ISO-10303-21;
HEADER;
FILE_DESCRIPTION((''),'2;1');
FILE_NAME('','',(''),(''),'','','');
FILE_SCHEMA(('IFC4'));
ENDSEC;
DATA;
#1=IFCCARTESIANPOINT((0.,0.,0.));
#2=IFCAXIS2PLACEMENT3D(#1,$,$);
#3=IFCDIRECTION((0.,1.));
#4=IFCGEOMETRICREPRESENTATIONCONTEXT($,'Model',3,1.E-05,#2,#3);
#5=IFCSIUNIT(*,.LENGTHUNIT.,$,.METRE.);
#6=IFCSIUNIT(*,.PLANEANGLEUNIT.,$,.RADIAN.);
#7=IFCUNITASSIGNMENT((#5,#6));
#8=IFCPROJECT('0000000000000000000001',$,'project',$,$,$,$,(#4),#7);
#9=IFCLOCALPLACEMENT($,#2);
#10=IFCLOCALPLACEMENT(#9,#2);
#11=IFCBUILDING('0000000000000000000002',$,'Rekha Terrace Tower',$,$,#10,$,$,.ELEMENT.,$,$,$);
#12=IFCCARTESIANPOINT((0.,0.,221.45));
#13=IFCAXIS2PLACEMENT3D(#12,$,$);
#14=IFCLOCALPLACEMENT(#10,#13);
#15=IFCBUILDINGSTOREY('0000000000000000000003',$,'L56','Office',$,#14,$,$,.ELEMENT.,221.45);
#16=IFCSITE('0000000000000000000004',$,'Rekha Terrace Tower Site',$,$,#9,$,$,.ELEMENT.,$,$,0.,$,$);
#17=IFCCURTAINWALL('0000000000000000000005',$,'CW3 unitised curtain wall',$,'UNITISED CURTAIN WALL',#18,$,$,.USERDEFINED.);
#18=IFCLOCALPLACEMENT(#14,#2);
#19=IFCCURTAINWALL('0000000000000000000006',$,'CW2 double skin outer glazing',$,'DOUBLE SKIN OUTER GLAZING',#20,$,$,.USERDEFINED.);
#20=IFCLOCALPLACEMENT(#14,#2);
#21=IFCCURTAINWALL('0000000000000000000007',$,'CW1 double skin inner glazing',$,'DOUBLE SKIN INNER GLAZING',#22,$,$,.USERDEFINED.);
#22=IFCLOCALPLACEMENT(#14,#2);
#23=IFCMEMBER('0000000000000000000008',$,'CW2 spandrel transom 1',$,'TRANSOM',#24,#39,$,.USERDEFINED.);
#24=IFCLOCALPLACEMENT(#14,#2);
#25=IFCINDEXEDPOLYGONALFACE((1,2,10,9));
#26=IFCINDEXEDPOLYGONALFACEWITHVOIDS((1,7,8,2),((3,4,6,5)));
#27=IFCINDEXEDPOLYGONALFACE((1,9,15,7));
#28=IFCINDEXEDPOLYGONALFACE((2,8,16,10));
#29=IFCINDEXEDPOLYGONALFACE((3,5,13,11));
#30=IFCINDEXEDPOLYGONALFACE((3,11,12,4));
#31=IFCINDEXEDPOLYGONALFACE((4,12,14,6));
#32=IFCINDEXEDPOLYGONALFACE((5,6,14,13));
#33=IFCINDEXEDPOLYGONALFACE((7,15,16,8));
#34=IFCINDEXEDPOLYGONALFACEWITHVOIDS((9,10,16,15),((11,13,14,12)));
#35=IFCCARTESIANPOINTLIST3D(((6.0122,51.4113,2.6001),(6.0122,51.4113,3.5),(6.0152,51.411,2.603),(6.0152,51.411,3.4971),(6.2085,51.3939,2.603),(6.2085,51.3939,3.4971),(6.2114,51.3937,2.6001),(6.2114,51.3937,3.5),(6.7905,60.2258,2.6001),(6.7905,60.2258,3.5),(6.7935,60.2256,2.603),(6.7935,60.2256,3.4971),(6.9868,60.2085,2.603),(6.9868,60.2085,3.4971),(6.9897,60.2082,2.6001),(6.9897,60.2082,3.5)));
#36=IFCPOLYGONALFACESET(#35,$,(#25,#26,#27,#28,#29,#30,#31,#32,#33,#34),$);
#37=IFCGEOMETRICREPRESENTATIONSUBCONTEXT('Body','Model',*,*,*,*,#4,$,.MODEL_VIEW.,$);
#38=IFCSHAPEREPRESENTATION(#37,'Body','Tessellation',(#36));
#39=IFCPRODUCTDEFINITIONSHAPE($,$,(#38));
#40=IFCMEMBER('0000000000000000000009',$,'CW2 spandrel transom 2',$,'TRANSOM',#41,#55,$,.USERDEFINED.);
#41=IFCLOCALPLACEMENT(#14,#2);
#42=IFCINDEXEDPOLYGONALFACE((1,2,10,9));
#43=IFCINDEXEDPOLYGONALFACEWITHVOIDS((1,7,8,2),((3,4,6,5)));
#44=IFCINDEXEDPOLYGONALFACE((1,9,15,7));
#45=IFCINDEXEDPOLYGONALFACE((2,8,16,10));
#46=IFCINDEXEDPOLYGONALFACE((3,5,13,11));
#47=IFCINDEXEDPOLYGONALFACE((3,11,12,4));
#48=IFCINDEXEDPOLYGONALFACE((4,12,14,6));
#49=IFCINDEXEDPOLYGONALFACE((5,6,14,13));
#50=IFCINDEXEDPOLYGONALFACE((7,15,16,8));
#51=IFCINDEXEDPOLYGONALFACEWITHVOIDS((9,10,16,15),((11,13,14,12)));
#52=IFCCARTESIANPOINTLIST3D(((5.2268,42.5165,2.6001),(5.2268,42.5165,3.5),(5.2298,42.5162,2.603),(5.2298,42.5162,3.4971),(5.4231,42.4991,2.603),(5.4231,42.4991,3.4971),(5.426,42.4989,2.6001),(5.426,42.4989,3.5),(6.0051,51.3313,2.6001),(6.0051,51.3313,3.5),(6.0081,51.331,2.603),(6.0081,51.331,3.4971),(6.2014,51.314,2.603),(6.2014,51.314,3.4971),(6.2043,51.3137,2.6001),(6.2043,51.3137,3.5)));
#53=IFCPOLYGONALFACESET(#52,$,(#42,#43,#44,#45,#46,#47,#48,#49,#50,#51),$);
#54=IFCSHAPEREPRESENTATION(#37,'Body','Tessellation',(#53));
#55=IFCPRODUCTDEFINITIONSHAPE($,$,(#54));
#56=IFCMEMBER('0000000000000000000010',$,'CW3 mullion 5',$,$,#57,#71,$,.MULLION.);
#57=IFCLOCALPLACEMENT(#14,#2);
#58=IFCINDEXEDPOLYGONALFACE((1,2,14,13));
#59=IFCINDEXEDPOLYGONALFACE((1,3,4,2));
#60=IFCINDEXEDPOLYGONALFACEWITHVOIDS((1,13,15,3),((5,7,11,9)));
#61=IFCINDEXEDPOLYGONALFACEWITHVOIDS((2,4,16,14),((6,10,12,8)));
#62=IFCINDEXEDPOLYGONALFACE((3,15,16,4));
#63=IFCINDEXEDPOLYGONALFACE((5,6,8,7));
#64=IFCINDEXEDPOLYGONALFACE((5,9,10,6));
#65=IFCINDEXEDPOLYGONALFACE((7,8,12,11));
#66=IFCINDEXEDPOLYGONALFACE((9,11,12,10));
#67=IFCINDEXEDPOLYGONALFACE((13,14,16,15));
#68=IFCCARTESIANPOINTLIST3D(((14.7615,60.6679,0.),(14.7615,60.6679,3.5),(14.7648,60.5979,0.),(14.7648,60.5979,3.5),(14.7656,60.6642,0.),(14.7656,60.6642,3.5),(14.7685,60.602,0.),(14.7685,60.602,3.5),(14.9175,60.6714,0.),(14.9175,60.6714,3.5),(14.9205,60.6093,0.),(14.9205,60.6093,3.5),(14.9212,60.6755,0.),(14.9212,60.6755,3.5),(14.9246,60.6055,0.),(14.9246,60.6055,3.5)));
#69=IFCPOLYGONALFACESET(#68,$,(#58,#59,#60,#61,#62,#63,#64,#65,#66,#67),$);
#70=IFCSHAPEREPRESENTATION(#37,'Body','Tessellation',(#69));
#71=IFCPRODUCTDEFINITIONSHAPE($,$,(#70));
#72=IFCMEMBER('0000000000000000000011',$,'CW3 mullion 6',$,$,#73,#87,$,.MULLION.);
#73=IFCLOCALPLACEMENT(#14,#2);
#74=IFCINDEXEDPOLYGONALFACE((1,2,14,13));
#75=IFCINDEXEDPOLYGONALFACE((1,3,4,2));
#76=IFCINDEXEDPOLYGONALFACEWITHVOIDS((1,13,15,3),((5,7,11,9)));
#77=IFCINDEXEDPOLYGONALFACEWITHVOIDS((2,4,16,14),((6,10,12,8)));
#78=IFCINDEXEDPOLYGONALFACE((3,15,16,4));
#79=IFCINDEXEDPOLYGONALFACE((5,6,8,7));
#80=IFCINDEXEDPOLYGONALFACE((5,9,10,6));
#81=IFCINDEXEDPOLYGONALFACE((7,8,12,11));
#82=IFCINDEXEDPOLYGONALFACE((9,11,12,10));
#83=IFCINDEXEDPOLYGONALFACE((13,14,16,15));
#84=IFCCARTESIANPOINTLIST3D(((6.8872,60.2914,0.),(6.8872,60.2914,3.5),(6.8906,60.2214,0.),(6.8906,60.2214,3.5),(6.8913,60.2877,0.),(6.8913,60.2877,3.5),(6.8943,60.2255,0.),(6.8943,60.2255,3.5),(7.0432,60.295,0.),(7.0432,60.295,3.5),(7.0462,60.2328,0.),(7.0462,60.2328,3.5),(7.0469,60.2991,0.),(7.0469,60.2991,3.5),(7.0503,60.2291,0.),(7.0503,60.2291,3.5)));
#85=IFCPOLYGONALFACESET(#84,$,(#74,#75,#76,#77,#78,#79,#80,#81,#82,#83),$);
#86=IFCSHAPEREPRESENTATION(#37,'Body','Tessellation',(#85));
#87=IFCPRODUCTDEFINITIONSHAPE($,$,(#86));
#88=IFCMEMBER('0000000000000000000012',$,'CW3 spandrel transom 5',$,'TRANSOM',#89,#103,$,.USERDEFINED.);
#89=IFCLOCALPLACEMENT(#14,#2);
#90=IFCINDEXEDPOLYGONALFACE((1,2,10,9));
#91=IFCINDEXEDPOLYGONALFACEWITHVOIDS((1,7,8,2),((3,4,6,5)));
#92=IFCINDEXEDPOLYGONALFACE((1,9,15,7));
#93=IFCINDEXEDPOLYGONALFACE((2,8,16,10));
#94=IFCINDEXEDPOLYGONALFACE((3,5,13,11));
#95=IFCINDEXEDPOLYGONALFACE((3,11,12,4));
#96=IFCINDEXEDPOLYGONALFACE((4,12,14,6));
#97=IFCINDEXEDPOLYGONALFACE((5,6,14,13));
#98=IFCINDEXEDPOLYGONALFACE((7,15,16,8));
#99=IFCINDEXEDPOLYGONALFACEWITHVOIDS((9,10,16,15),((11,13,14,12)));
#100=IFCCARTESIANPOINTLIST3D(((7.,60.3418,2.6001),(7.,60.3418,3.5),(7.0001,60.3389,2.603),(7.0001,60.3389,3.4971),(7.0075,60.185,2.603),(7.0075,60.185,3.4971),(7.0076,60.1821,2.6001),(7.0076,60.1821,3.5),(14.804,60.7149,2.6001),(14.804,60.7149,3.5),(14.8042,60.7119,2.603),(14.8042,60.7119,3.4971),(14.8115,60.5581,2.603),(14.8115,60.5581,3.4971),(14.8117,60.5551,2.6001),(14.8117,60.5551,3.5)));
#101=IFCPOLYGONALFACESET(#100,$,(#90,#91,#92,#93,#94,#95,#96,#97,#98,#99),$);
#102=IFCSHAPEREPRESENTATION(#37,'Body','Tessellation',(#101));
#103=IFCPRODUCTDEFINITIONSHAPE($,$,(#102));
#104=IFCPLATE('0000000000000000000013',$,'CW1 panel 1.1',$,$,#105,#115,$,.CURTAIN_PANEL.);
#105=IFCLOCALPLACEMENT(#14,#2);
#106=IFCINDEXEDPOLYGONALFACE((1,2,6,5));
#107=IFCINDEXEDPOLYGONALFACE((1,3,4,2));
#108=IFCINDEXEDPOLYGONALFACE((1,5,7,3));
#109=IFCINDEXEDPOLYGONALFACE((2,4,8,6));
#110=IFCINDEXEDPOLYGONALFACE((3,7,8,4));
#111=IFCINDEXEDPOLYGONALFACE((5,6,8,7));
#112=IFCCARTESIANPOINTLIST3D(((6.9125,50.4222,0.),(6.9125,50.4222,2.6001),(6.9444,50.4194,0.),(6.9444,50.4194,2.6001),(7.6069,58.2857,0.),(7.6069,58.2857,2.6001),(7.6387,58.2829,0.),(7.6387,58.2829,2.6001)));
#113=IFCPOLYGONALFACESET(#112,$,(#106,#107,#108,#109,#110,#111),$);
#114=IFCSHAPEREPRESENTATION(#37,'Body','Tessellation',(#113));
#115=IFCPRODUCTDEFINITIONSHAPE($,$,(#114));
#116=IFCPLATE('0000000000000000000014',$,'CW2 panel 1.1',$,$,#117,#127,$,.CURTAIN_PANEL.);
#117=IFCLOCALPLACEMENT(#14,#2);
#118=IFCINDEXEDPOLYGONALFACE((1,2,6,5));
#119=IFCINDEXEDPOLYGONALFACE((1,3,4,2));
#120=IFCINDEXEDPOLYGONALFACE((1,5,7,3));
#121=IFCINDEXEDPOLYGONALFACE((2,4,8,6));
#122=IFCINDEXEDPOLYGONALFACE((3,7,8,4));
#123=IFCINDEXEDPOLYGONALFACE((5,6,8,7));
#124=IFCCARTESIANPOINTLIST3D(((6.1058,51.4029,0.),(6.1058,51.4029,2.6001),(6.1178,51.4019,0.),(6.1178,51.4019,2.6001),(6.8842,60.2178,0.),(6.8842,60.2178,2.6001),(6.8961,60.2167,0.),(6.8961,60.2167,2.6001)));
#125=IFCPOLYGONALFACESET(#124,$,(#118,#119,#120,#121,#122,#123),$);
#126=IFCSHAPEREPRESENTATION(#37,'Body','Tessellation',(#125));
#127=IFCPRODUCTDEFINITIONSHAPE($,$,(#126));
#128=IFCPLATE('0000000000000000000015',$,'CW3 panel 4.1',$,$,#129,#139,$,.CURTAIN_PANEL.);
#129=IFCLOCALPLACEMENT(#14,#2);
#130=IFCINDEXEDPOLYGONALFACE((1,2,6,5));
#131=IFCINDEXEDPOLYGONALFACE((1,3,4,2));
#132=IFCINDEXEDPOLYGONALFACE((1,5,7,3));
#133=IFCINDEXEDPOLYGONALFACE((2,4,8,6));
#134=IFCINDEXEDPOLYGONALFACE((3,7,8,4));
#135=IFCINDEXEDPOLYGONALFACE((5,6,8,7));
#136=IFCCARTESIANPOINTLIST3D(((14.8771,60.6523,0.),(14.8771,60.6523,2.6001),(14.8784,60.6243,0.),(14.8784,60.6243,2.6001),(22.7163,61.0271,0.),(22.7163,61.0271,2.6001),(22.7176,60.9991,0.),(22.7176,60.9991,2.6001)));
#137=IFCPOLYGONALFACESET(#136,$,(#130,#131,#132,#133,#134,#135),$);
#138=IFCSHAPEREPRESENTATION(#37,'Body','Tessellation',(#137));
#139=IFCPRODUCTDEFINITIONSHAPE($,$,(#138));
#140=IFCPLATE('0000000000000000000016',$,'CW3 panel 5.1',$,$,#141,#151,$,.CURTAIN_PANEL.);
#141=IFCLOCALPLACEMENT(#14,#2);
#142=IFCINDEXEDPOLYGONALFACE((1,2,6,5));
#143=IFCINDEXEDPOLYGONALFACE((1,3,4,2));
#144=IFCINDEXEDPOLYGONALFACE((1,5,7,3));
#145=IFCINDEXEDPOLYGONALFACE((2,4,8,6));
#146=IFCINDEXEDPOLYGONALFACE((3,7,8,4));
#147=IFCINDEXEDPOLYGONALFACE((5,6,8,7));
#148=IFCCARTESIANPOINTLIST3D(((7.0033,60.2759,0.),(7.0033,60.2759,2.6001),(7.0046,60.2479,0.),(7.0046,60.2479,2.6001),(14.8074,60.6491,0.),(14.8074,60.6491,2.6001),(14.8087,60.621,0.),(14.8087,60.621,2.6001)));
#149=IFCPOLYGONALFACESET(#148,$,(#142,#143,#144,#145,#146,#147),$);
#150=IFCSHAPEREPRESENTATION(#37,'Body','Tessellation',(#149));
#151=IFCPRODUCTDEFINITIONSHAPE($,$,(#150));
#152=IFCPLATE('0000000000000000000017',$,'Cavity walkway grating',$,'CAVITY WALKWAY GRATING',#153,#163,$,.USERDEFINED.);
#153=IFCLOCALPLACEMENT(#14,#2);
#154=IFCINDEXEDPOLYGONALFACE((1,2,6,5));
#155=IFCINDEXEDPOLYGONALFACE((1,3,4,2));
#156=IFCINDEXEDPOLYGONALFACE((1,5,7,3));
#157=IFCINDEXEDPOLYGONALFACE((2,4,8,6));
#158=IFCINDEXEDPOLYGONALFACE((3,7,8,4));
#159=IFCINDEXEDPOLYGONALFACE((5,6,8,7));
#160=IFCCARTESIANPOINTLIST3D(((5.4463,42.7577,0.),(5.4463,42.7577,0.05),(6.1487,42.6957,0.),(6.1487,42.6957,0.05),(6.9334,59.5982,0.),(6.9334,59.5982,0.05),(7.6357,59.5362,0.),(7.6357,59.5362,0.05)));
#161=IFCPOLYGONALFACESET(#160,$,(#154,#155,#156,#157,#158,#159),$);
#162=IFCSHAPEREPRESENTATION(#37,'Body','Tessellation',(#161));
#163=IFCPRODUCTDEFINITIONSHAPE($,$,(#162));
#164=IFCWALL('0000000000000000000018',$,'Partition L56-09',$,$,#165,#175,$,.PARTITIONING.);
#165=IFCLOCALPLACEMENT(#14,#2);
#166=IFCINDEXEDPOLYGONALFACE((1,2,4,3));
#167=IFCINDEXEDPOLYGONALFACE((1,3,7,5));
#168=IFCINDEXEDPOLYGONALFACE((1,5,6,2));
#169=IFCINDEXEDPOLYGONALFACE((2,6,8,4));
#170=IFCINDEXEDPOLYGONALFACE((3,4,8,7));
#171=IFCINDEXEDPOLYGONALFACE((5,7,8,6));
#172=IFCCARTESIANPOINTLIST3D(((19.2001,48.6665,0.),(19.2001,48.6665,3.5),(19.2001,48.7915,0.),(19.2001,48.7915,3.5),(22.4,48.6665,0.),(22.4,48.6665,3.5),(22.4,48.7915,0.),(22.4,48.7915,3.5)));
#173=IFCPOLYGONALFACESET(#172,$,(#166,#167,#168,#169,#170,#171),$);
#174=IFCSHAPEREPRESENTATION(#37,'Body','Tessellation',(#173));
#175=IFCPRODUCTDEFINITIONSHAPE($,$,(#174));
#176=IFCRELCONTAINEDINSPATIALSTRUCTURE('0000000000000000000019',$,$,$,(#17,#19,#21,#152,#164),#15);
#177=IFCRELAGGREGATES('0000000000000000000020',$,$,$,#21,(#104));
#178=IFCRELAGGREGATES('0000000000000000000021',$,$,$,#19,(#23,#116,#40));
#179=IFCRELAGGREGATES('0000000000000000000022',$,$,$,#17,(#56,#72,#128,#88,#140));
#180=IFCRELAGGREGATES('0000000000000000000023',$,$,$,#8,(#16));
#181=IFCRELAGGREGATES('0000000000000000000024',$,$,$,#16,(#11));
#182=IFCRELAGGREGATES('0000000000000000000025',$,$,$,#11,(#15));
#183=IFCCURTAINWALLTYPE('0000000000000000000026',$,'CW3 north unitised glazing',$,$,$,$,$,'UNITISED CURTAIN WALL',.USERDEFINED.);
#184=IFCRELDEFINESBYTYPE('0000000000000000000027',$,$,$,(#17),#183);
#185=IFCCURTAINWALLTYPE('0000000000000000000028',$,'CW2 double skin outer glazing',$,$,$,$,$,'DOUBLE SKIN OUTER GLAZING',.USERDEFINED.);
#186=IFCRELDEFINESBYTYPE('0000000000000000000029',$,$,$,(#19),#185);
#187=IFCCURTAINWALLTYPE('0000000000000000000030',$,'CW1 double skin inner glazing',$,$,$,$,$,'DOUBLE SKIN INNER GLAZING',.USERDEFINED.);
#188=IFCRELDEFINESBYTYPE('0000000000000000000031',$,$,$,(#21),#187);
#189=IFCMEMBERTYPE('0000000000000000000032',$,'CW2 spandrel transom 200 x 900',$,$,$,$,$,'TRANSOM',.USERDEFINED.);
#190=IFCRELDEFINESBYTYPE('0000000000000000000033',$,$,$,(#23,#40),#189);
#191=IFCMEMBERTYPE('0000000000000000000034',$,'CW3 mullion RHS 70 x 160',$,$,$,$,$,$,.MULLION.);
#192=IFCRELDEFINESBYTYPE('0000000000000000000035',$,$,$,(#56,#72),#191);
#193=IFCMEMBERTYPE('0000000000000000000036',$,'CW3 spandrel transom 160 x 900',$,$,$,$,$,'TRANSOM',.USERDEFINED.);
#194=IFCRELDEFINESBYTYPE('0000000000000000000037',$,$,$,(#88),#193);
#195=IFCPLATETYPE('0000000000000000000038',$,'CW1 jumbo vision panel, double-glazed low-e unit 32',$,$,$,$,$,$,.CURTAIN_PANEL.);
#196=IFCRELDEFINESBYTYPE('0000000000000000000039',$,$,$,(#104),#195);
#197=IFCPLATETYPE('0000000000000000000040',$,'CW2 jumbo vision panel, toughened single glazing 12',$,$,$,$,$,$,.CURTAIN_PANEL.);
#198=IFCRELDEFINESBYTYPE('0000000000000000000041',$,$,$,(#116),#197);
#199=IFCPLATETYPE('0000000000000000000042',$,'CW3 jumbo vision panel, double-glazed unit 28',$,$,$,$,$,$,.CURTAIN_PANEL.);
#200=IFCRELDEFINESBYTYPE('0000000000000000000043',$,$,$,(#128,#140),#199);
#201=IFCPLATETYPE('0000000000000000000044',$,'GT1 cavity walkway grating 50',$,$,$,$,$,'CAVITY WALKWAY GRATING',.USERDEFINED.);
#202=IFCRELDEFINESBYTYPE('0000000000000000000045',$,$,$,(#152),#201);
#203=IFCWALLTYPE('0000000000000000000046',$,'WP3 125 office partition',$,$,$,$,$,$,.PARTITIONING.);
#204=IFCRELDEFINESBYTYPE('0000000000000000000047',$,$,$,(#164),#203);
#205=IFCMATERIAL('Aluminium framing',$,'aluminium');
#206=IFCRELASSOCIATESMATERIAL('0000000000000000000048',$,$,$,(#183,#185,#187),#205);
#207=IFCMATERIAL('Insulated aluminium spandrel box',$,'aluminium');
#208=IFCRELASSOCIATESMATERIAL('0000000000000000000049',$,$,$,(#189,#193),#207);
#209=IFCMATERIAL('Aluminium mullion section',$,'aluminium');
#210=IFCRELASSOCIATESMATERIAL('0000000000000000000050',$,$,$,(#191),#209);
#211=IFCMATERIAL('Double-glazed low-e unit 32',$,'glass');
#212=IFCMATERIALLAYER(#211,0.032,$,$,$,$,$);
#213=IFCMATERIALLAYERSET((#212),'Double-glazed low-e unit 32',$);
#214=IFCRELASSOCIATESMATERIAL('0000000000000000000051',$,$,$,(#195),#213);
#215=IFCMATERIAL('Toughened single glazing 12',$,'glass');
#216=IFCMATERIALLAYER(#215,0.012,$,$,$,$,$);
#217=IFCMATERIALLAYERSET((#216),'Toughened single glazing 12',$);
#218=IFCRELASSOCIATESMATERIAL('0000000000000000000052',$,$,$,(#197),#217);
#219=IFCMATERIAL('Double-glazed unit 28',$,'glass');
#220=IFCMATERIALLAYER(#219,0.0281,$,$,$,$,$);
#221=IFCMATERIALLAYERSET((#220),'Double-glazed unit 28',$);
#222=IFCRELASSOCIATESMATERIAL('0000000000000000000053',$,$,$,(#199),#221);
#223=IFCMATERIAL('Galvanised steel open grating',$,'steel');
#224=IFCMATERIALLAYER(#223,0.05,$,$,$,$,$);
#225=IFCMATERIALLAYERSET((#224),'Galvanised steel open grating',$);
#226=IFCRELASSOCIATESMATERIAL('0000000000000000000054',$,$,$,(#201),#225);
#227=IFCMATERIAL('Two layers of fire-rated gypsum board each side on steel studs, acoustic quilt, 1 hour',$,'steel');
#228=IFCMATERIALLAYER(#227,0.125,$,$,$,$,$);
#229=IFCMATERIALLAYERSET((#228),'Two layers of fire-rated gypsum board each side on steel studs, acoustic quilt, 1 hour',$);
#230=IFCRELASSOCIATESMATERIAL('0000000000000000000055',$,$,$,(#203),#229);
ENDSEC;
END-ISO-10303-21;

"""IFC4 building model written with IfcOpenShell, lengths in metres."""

from ifc_helpers import new_model, si_unit, direction, frame, frame_2d, origin, origin_2d, place, context, subcontext, project, spatial, rectangle, hollow_rectangle, extrude, material, layer, layer_set, material_profile, profile_set, type_object, element, aggregate, save


model = new_model("IFC4")

# Units and contexts
model_context = context("Model", 3, precision=1e-05, world=origin(), true_north=direction((0.0, 1.0)))
body_context = subcontext(model_context, "Body", "Model", "MODEL_VIEW")
ifc_project = project(units=[si_unit("LENGTHUNIT", "METRE"), si_unit("PLANEANGLEUNIT", "RADIAN")], contexts=[model_context])

# Site, building, storey
site_placement = place(None, origin())
site = spatial("IfcSite", under=ifc_project, at=site_placement, Name="Rekha Terrace Tower Site", CompositionType="ELEMENT", RefElevation=0.0)
building_placement = place(site_placement, origin())
building = spatial("IfcBuilding", under=site, at=building_placement, Name="Rekha Terrace Tower", CompositionType="ELEMENT")
storey_placement = place(building_placement, frame((0.0, 0.0, 221.45)))
storey = spatial("IfcBuildingStorey", under=building, at=storey_placement, Name="L56", Description="Office", CompositionType="ELEMENT", Elevation=221.45)

# Curtain walls
ifc_material_1 = material(Name="Aluminium framing", Category="aluminium")
curtain_wall_type_1 = type_object("IfcCurtainWallType", Name="CW3 north unitised glazing", ElementType="UNITISED CURTAIN WALL", PredefinedType="USERDEFINED", material=ifc_material_1)
curtain_wall_1_placement = place(storey_placement, origin())
curtain_wall_1 = element("IfcCurtainWall", 1, at=curtain_wall_1_placement, inside=storey, type_object=curtain_wall_type_1, Name="CW3 unitised curtain wall", ObjectType="UNITISED CURTAIN WALL", PredefinedType="USERDEFINED")
curtain_wall_type_2 = type_object("IfcCurtainWallType", Name="CW2 double skin outer glazing", ElementType="DOUBLE SKIN OUTER GLAZING", PredefinedType="USERDEFINED", material=ifc_material_1)
curtain_wall_2_placement = place(storey_placement, origin())
curtain_wall_2 = element("IfcCurtainWall", 2, at=curtain_wall_2_placement, inside=storey, type_object=curtain_wall_type_2, Name="CW2 double skin outer glazing", ObjectType="DOUBLE SKIN OUTER GLAZING", PredefinedType="USERDEFINED")

# Curtain wall
curtain_wall_type_3 = type_object("IfcCurtainWallType", Name="CW1 double skin inner glazing", ElementType="DOUBLE SKIN INNER GLAZING", PredefinedType="USERDEFINED", material=ifc_material_1)
curtain_wall_3_placement = place(storey_placement, origin())
curtain_wall_3 = element("IfcCurtainWall", 3, at=curtain_wall_3_placement, inside=storey, type_object=curtain_wall_type_3, Name="CW1 double skin inner glazing", ObjectType="DOUBLE SKIN INNER GLAZING", PredefinedType="USERDEFINED")
ifc_material_2 = material(Name="Aluminium mullion section", Category="aluminium")
ifc_material_3 = material(Name="Insulated aluminium spandrel box", Category="aluminium")

# Members
ifc_material_profile_1 = material_profile(ifc_material_3, hollow_rectangle(XDim=0.2, YDim=0.8999, WallThickness=0.0029, at=origin_2d()), Name="AL SPANDREL BOX 200x900")
ifc_profile_set_1 = profile_set([ifc_material_profile_1], Name="Insulated aluminium spandrel box")
member_type_1 = type_object("IfcMemberType", Name="CW2 spandrel transom 200 x 900", ElementType="TRANSOM", PredefinedType="USERDEFINED", material=ifc_profile_set_1)
member_1_placement = place(storey_placement, frame((6.8901, 60.217, 3.05), z_axis=(-0.087956, -0.996124, 0.0), x_axis=(0.996124, -0.087956, 0.0)))
member_1 = element("IfcMember", 4, at=member_1_placement, type_object=member_type_1, Name="CW2 spandrel transom 1", ObjectType="TRANSOM", PredefinedType="USERDEFINED", context=body_context, shape_type="SweptSolid", body=[
    extrude(hollow_rectangle(XDim=0.2, YDim=0.8999, WallThickness=0.0029, at=origin_2d()), origin(), (0.0, 0.0, 1.0), 8.8489),
])
member_2_placement = place(storey_placement, frame((6.1047, 51.3225, 3.05), z_axis=(-0.087953, -0.996125, 0.0), x_axis=(0.996125, -0.087953, 0.0)))
member_2 = element("IfcMember", 5, at=member_2_placement, type_object=member_type_1, Name="CW2 spandrel transom 2", ObjectType="TRANSOM", PredefinedType="USERDEFINED", context=body_context, shape_type="SweptSolid", body=[
    extrude(hollow_rectangle(XDim=0.2, YDim=0.8999, WallThickness=0.0029, at=origin_2d()), origin(), (0.0, 0.0, 1.0), 8.8491),
])
ifc_material_profile_2 = material_profile(ifc_material_2, hollow_rectangle(XDim=0.0701, YDim=0.1599, WallThickness=0.0039, at=origin_2d()), Name="AL RHS 70x160")
ifc_profile_set_2 = profile_set([ifc_material_profile_2], Name="Aluminium mullion section")
member_type_2 = type_object("IfcMemberType", Name="CW3 mullion RHS 70 x 160", PredefinedType="MULLION", material=ifc_profile_set_2)
member_3_placement = place(storey_placement, frame((14.843, 60.6367, 0.0), z_axis=(0.0, 0.0, 1.0), x_axis=(0.047759, -0.998859, 0.0)))
member_3 = element("IfcMember", 6, at=member_3_placement, type_object=member_type_2, Name="CW3 mullion 5", PredefinedType="MULLION", context=body_context, shape_type="SweptSolid", body=[
    extrude(hollow_rectangle(XDim=0.0701, YDim=0.1599, WallThickness=0.0039, at=origin_2d()), origin(), (0.0, 0.0, 1.0), 3.5),
])
member_4_placement = place(storey_placement, frame((6.9688, 60.2603, 0.0), z_axis=(0.0, 0.0, 1.0), x_axis=(0.047759, -0.998859, 0.0)))
member_4 = element("IfcMember", 7, at=member_4_placement, type_object=member_type_2, Name="CW3 mullion 6", PredefinedType="MULLION", context=body_context, shape_type="SweptSolid", body=[
    extrude(hollow_rectangle(XDim=0.0701, YDim=0.1599, WallThickness=0.0039, at=origin_2d()), origin(), (0.0, 0.0, 1.0), 3.5),
])
ifc_material_profile_3 = material_profile(ifc_material_3, hollow_rectangle(XDim=0.1599, YDim=0.8999, WallThickness=0.0029, at=origin_2d()), Name="AL SPANDREL BOX 160x900")
ifc_profile_set_3 = profile_set([ifc_material_profile_3], Name="Insulated aluminium spandrel box")
member_type_3 = type_object("IfcMemberType", Name="CW3 spandrel transom 160 x 900", ElementType="TRANSOM", PredefinedType="USERDEFINED", material=ifc_profile_set_3)
member_5_placement = place(storey_placement, frame((14.8079, 60.635, 3.05), z_axis=(-0.998859, -0.047748, 0.0), x_axis=(0.047748, -0.998859, 0.0)))
member_5 = element("IfcMember", 8, at=member_5_placement, type_object=member_type_3, Name="CW3 spandrel transom 5", ObjectType="TRANSOM", PredefinedType="USERDEFINED", context=body_context, shape_type="SweptSolid", body=[
    extrude(hollow_rectangle(XDim=0.1599, YDim=0.8999, WallThickness=0.0029, at=origin_2d()), origin(), (0.0, 0.0, 1.0), 7.813),
])

# Plates
ifc_material_4 = material(Name="Double-glazed low-e unit 32", Category="glass")
ifc_layer_1 = layer(ifc_material_4, 0.032)
ifc_layer_set_1 = layer_set([ifc_layer_1], Name="Double-glazed low-e unit 32")
plate_type_1 = type_object("IfcPlateType", Name="CW1 jumbo vision panel, double-glazed low-e unit 32", PredefinedType="CURTAIN_PANEL", material=ifc_layer_set_1)
plate_1_placement = place(storey_placement, frame((7.2756, 54.3525, 0.0), z_axis=(0.0, 0.0, 1.0), x_axis=(-0.087958, -0.996124, 0.0)))
plate_1 = element("IfcPlate", 9, at=plate_1_placement, type_object=plate_type_1, Name="CW1 panel 1.1", PredefinedType="CURTAIN_PANEL", context=body_context, shape_type="SweptSolid", body=[
    extrude(rectangle(XDim=7.894, YDim=0.032, at=origin_2d()), origin(), (0.0, 0.0, 1.0), 2.6001),
])
aggregate(curtain_wall_3, [plate_1])
ifc_material_5 = material(Name="Toughened single glazing 12", Category="glass")
ifc_layer_2 = layer(ifc_material_5, 0.012)
ifc_layer_set_2 = layer_set([ifc_layer_2], Name="Toughened single glazing 12")
plate_type_2 = type_object("IfcPlateType", Name="CW2 jumbo vision panel, toughened single glazing 12", PredefinedType="CURTAIN_PANEL", material=ifc_layer_set_2)
plate_2_placement = place(storey_placement, frame((6.501, 55.8098, 0.0), z_axis=(0.0, 0.0, 1.0), x_axis=(-0.087958, -0.996124, 0.0)))
plate_2 = element("IfcPlate", 10, at=plate_2_placement, type_object=plate_type_2, Name="CW2 panel 1.1", PredefinedType="CURTAIN_PANEL", context=body_context, shape_type="SweptSolid", body=[
    extrude(rectangle(XDim=8.8491, YDim=0.012, at=origin_2d()), origin(), (0.0, 0.0, 1.0), 2.6001),
])
aggregate(curtain_wall_2, [member_1, plate_2, member_2])
ifc_material_6 = material(Name="Double-glazed unit 28", Category="glass")
ifc_layer_3 = layer(ifc_material_6, 0.0281)
ifc_layer_set_3 = layer_set([ifc_layer_3], Name="Double-glazed unit 28")
plate_type_3 = type_object("IfcPlateType", Name="CW3 jumbo vision panel, double-glazed unit 28", PredefinedType="CURTAIN_PANEL", material=ifc_layer_set_3)
plate_3_placement = place(storey_placement, frame((18.7974, 60.8257, 0.0), z_axis=(0.0, 0.0, 1.0), x_axis=(-0.998859, -0.047759, 0.0)))
plate_3 = element("IfcPlate", 11, at=plate_3_placement, type_object=plate_type_3, Name="CW3 panel 4.1", PredefinedType="CURTAIN_PANEL", context=body_context, shape_type="SweptSolid", body=[
    extrude(rectangle(XDim=7.8481, YDim=0.0281, at=origin_2d()), origin(), (0.0, 0.0, 1.0), 2.6001),
])
plate_4_placement = place(storey_placement, frame((10.906, 60.4485, 0.0), z_axis=(0.0, 0.0, 1.0), x_axis=(-0.998859, -0.047759, 0.0)))
plate_4 = element("IfcPlate", 12, at=plate_4_placement, type_object=plate_type_3, Name="CW3 panel 5.1", PredefinedType="CURTAIN_PANEL", context=body_context, shape_type="SweptSolid", body=[
    extrude(rectangle(XDim=7.813, YDim=0.0281, at=origin_2d()), origin(), (0.0, 0.0, 1.0), 2.6001),
])
aggregate(curtain_wall_1, [member_3, member_4, plate_3, member_5, plate_4])
ifc_material_7 = material(Name="Galvanised steel open grating", Category="steel")
ifc_layer_4 = layer(ifc_material_7, 0.05)
ifc_layer_set_4 = layer_set([ifc_layer_4], Name="Galvanised steel open grating")
plate_type_4 = type_object("IfcPlateType", Name="GT1 cavity walkway grating 50", ElementType="CAVITY WALKWAY GRATING", PredefinedType="USERDEFINED", material=ifc_layer_set_4)
plate_5_placement = place(storey_placement, frame((6.541, 51.147, 0.0), z_axis=(0.0, 0.0, 1.0), x_axis=(-0.087958, -0.996124, 0.0)))
element("IfcPlate", 13, at=plate_5_placement, inside=storey, type_object=plate_type_4, Name="Cavity walkway grating", ObjectType="CAVITY WALKWAY GRATING", PredefinedType="USERDEFINED", context=body_context, shape_type="SweptSolid", body=[
    extrude(rectangle(XDim=16.906, YDim=0.7051, at=origin_2d()), origin(), (0.0, 0.0, 1.0), 0.05),
])

# Wall
ifc_material_8 = material(Name="Two layers of fire-rated gypsum board each side on steel studs, acoustic quilt, 1 hour", Category="steel")
ifc_layer_5 = layer(ifc_material_8, 0.125)
ifc_layer_set_5 = layer_set([ifc_layer_5], Name="Two layers of fire-rated gypsum board each side on steel studs, acoustic quilt, 1 hour")
wall_type = type_object("IfcWallType", Name="WP3 125 office partition", PredefinedType="PARTITIONING", material=ifc_layer_set_5)
wall_placement = place(storey_placement, frame((19.2, 48.729, 0.0), z_axis=(0.0, 0.0, 1.0), x_axis=(1.0, 0.0, 0.0)))
element("IfcWall", 14, at=wall_placement, inside=storey, type_object=wall_type, Name="Partition L56-09", PredefinedType="PARTITIONING", context=body_context, shape_type="SweptSolid", body=[
    extrude(rectangle(XDim=3.2, YDim=0.125, at=frame_2d((1.6001, 0.0))), origin(), (0.0, 0.0, 1.0), 3.5),
])

save(model, "model.ifc")
